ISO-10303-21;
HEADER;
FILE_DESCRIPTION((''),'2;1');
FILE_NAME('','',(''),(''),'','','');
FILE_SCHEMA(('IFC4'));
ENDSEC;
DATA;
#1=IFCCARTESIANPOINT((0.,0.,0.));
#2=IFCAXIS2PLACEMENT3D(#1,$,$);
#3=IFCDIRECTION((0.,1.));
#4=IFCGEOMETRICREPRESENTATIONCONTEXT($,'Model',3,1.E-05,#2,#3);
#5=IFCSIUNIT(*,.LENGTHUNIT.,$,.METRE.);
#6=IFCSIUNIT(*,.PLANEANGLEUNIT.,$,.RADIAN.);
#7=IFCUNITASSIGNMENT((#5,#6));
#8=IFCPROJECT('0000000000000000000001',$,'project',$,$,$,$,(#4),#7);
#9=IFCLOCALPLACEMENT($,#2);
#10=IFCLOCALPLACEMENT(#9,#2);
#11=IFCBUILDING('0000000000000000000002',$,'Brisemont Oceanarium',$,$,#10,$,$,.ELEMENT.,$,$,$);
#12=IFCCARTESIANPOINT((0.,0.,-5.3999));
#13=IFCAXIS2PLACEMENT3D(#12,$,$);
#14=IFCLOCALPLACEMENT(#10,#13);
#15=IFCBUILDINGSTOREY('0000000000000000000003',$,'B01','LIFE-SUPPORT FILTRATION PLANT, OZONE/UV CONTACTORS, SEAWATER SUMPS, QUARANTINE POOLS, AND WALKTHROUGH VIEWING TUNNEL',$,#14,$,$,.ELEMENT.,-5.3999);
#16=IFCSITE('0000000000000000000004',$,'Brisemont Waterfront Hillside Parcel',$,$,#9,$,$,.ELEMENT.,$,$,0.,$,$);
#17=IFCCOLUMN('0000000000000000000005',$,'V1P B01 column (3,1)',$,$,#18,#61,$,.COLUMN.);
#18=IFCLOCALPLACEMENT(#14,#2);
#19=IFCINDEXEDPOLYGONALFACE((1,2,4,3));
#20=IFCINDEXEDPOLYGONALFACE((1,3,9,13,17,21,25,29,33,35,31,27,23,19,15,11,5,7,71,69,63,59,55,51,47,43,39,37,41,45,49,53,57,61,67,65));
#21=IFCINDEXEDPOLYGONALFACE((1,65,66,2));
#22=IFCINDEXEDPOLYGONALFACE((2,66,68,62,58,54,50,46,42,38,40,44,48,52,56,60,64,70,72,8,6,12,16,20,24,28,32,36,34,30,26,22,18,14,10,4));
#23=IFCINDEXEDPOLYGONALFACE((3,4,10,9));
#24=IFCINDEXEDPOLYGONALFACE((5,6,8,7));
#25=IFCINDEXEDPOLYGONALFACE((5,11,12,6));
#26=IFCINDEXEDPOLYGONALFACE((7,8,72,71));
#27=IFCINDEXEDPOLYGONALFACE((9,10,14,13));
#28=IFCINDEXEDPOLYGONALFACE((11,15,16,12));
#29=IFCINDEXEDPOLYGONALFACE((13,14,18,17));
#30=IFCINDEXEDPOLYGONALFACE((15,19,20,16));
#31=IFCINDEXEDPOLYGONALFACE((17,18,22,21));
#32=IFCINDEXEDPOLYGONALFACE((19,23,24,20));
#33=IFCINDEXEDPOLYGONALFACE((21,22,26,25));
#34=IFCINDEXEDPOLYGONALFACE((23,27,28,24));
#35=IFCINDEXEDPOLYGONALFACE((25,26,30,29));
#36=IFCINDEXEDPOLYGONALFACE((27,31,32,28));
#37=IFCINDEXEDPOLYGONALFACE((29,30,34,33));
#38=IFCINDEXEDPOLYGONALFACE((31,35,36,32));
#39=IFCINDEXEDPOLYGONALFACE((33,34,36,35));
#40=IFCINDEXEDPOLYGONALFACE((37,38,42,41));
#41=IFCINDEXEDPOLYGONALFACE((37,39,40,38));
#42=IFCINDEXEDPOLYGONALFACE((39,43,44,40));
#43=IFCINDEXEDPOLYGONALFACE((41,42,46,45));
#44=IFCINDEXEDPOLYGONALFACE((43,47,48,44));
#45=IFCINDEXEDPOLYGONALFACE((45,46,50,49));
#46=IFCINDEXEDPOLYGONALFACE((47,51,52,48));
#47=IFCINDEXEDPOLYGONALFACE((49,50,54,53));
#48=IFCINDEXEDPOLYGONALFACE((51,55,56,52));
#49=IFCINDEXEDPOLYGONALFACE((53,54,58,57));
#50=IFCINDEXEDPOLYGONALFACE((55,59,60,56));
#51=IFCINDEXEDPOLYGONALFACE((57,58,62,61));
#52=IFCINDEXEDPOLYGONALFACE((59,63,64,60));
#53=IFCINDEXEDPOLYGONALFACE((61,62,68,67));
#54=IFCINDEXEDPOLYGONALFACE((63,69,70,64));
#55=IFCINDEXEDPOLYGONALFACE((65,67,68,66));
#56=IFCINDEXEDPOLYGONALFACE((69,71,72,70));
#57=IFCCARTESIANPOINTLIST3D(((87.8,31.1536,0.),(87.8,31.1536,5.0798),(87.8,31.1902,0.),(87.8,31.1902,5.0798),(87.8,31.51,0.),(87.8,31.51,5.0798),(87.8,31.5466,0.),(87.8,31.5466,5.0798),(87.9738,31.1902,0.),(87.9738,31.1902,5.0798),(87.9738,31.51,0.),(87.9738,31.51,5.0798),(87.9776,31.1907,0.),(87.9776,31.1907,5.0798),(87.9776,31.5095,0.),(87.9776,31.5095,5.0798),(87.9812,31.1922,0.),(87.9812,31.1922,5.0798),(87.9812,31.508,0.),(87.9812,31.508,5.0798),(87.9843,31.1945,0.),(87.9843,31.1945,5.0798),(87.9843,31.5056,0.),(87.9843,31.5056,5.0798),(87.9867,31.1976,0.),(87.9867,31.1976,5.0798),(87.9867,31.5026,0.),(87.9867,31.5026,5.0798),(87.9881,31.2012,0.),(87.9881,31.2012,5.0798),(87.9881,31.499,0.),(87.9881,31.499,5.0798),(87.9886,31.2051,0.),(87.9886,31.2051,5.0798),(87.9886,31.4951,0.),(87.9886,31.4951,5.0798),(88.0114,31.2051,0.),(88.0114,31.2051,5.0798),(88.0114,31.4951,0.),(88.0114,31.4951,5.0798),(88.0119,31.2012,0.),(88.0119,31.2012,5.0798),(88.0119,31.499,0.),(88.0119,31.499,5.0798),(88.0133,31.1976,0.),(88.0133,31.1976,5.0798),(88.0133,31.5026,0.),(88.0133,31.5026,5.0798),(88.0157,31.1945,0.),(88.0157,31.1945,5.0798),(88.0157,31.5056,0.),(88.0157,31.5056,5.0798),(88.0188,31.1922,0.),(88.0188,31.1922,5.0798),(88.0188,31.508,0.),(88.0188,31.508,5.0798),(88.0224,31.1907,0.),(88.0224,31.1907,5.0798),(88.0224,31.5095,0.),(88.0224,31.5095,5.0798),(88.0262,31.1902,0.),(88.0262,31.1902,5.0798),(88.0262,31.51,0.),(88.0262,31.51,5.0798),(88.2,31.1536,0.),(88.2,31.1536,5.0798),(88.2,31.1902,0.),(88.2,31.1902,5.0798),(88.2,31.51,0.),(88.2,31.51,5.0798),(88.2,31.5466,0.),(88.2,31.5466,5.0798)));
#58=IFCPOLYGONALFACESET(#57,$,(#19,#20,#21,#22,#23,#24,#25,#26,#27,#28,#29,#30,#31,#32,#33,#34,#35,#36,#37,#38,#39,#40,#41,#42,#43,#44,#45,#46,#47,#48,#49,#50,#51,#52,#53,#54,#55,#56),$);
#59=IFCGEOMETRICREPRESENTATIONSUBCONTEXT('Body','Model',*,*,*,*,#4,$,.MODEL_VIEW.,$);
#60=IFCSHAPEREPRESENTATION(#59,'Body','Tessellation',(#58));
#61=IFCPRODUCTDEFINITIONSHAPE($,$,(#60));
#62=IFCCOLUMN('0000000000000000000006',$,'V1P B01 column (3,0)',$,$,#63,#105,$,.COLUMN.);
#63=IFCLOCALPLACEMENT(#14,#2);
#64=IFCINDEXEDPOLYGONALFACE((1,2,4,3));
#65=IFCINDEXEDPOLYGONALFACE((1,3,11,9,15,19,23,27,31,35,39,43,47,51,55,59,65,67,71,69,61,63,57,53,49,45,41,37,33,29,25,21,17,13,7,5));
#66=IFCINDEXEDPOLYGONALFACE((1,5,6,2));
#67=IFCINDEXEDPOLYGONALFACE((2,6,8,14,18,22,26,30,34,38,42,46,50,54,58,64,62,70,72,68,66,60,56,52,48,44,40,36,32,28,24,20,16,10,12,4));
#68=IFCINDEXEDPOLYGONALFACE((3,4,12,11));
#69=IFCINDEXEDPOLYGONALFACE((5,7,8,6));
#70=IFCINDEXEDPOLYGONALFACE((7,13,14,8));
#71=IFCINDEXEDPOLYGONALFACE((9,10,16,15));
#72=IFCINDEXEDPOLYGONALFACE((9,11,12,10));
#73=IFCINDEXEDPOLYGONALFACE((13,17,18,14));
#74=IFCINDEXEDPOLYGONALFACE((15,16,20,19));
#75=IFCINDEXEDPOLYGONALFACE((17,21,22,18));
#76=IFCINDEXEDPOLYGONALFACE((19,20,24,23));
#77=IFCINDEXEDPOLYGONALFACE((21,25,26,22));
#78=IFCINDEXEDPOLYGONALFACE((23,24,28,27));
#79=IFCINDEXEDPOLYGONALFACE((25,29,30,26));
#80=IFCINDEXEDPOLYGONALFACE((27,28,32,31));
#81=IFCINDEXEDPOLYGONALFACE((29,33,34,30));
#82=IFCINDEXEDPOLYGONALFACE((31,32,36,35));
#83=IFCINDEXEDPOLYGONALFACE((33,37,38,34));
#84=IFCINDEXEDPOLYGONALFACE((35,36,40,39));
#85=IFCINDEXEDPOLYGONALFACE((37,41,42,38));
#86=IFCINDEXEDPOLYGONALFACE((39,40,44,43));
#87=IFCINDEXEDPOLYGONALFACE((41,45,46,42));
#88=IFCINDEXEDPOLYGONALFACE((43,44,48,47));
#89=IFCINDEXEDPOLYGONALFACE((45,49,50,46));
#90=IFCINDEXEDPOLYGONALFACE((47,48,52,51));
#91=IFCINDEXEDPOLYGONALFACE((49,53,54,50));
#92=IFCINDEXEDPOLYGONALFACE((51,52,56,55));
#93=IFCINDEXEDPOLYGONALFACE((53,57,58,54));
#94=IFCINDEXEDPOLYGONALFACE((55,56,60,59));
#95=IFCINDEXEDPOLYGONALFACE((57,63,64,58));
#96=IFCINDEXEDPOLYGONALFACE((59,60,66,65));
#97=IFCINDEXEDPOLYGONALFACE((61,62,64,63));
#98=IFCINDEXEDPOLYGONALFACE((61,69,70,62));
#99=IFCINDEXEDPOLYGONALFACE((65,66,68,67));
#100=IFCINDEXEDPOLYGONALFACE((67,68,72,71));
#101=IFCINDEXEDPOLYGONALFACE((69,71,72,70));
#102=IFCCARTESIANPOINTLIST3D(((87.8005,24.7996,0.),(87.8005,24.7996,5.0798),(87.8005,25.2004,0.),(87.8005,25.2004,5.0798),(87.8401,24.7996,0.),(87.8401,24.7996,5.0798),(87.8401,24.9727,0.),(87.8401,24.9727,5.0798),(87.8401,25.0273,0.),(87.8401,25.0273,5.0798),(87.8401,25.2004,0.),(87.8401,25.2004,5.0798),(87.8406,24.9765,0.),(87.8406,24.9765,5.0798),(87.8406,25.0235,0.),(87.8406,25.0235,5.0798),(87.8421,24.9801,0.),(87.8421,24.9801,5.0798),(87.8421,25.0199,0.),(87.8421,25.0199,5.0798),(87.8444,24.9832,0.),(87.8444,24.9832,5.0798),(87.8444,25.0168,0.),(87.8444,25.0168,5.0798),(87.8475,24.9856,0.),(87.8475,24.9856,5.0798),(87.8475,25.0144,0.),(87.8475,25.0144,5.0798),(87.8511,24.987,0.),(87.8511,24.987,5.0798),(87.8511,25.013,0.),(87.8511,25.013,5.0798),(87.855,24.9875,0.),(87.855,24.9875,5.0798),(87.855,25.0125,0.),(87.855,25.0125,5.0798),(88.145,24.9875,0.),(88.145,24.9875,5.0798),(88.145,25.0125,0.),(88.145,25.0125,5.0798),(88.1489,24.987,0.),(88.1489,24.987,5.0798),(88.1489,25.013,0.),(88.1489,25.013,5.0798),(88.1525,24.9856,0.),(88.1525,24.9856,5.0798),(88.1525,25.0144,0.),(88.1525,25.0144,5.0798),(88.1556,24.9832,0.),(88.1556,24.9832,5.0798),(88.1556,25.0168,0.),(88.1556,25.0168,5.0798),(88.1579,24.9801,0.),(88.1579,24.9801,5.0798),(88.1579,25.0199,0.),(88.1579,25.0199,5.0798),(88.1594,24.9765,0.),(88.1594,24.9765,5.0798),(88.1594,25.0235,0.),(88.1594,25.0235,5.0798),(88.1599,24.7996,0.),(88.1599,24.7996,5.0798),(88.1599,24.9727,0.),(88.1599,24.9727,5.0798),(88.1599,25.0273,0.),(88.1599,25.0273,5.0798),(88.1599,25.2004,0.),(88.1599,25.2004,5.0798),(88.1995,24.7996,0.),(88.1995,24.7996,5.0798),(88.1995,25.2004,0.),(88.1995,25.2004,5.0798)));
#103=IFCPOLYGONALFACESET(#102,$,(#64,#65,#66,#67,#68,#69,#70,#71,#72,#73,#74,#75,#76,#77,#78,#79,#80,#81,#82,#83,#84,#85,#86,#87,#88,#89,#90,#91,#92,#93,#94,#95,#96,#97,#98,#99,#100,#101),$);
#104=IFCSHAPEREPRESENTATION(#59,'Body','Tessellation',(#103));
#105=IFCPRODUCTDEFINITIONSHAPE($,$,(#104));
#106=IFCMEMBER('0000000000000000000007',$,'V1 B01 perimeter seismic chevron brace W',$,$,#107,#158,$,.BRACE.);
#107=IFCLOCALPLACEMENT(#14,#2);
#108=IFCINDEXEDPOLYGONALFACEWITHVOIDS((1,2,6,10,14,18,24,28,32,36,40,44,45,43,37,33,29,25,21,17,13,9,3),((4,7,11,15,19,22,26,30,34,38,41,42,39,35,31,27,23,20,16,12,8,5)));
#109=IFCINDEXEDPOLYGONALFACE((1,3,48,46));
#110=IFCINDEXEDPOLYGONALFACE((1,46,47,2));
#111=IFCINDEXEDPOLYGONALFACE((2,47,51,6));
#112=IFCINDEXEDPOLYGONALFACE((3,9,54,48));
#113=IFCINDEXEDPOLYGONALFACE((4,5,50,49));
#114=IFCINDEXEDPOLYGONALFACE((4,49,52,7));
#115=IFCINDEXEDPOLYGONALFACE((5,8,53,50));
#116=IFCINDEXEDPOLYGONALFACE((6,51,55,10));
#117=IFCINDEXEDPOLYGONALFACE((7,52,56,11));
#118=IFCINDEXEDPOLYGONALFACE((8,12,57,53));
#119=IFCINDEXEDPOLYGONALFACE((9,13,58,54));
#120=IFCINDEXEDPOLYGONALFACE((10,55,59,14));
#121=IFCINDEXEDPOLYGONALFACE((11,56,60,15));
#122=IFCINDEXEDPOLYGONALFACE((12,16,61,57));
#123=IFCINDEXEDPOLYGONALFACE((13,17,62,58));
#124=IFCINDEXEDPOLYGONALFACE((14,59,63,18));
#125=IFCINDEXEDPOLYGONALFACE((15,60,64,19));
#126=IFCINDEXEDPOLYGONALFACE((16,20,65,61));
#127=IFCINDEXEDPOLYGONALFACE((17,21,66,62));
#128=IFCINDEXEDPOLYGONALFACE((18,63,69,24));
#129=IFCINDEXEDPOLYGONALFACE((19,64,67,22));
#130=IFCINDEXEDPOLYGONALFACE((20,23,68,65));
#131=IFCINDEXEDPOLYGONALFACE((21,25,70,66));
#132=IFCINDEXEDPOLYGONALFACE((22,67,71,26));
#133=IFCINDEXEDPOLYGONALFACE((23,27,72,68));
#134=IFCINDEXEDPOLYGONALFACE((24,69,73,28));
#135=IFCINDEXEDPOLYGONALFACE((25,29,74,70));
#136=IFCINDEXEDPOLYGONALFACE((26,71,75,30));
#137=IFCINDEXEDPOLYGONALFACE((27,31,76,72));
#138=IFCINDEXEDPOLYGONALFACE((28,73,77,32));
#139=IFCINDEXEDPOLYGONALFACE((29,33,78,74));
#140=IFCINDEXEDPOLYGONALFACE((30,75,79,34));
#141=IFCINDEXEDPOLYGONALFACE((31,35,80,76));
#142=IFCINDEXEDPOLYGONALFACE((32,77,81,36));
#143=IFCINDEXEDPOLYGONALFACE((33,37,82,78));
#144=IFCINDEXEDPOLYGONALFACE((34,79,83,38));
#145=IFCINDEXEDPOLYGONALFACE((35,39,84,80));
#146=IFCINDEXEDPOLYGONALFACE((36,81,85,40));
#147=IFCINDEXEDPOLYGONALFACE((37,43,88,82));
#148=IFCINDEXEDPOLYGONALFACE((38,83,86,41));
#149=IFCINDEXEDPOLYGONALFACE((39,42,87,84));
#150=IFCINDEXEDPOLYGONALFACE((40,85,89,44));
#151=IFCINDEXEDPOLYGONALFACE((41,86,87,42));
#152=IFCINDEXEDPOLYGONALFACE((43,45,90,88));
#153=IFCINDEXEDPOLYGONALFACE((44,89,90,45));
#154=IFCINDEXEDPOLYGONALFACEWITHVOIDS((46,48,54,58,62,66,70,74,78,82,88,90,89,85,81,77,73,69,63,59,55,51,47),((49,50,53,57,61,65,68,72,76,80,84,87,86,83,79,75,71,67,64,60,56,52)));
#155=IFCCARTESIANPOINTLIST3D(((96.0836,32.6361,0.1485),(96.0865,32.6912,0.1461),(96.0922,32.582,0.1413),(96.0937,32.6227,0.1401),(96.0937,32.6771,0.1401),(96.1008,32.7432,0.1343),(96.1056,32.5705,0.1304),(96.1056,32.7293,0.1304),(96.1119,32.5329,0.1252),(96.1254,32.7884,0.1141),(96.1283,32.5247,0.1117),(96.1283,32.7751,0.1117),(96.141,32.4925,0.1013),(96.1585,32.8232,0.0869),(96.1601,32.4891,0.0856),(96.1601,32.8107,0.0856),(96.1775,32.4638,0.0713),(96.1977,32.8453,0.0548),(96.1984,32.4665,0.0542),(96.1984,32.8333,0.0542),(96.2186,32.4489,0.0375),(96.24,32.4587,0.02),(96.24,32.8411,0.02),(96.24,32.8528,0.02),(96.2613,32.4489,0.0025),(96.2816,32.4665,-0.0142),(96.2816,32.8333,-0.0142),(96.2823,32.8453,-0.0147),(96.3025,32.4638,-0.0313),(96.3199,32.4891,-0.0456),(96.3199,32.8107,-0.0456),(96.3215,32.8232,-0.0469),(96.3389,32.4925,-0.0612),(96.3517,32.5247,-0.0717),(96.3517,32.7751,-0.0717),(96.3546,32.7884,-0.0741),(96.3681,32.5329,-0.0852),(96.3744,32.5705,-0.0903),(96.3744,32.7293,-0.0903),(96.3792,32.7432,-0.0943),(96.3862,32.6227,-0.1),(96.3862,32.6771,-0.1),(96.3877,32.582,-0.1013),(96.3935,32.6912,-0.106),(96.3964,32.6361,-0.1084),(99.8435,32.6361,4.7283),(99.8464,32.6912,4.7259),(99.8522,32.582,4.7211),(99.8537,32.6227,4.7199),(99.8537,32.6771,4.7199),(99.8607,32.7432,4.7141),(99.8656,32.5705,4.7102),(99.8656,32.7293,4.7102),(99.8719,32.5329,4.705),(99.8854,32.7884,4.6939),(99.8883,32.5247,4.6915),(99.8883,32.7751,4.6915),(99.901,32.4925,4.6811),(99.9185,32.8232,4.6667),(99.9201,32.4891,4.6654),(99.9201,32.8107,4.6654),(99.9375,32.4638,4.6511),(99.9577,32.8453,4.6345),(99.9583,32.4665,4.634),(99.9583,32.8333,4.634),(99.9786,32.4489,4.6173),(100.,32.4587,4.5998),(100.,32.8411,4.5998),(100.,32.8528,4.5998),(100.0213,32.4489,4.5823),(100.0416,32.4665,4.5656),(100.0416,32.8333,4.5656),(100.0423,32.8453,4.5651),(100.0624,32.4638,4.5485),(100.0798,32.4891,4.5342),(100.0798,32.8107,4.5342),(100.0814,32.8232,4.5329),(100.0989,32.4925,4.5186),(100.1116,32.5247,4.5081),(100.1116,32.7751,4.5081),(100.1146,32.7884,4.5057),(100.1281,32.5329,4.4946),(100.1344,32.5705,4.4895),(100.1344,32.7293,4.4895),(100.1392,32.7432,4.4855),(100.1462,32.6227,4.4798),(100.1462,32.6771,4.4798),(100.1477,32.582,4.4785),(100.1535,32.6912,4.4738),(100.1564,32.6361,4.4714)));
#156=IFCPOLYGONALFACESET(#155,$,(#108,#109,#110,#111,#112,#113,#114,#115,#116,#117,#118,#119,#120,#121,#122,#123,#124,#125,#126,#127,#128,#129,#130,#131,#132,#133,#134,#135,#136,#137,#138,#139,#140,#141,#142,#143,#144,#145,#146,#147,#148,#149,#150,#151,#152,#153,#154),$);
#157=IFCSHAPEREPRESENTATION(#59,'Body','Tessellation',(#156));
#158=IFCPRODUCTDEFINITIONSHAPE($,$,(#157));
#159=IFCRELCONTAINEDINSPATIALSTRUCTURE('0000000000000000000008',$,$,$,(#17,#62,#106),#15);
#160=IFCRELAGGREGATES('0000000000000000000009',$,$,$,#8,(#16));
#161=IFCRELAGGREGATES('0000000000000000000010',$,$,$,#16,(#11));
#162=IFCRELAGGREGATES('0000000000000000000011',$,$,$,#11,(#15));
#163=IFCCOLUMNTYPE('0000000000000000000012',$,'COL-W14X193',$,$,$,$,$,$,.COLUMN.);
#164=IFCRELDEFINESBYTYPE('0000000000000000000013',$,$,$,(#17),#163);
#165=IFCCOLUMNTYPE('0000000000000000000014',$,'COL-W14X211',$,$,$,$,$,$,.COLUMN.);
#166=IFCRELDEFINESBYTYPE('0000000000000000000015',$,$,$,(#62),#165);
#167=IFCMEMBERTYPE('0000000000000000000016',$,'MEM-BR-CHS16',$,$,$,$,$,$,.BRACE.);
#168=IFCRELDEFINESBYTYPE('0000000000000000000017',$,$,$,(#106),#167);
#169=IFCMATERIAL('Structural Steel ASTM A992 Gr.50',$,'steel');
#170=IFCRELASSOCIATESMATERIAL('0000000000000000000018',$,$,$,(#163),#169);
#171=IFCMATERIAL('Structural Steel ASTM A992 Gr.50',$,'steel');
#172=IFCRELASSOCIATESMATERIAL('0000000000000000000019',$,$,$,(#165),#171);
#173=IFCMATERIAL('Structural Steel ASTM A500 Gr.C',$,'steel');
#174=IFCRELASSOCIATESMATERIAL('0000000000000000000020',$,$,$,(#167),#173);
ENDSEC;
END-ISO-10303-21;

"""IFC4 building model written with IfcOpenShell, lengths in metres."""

from ifc_helpers import new_model, si_unit, direction, frame, origin, origin_2d, place, context, subcontext, project, spatial, hollow_circle, i_section, extrude, material, material_profile, profile_set, type_object, element, save


model = new_model("IFC4")

# Units and contexts
model_context = context("Model", 3, precision=1e-05, world=origin(), true_north=direction((0.0, 1.0)))
body_context = subcontext(model_context, "Body", "Model", "MODEL_VIEW")
ifc_project = project(units=[si_unit("LENGTHUNIT", "METRE"), si_unit("PLANEANGLEUNIT", "RADIAN")], contexts=[model_context])

# Site, building, storey
site_placement = place(None, origin())
site = spatial("IfcSite", under=ifc_project, at=site_placement, Name="Brisemont Waterfront Hillside Parcel", CompositionType="ELEMENT", RefElevation=0.0)
building_placement = place(site_placement, origin())
building = spatial("IfcBuilding", under=site, at=building_placement, Name="Brisemont Oceanarium", CompositionType="ELEMENT")
storey_placement = place(building_placement, frame((0.0, 0.0, -5.3999)))
storey = spatial("IfcBuildingStorey", under=building, at=storey_placement, Name="B01", Description="LIFE-SUPPORT FILTRATION PLANT, OZONE/UV CONTACTORS, SEAWATER SUMPS, QUARANTINE POOLS, AND WALKTHROUGH VIEWING TUNNEL", CompositionType="ELEMENT", Elevation=-5.3999)

# Columns
ifc_material_1 = material(Name="Structural Steel ASTM A992 Gr.50", Category="steel")
ifc_material_profile_1 = material_profile(ifc_material_1, i_section(OverallWidth=0.3999, OverallDepth=0.3931, WebThickness=0.0227, FlangeThickness=0.0366, FilletRadius=0.0149, at=origin_2d()), Name="W14X193")
ifc_profile_set_1 = profile_set([ifc_material_profile_1], Name="Structural Steel ASTM A992 Gr.50")
column_type_1 = type_object("IfcColumnType", Name="COL-W14X193", PredefinedType="COLUMN", material=ifc_profile_set_1)
column_1_placement = place(storey_placement, frame((88.0, 31.3501, 0.0), z_axis=(0.0, 0.0, 1.0), x_axis=(1.0, 0.0, 0.0)))
element("IfcColumn", 1, at=column_1_placement, inside=storey, type_object=column_type_1, Name="V1P B01 column (3,1)", PredefinedType="COLUMN", context=body_context, shape_type="SweptSolid", body=[
    extrude(i_section(OverallWidth=0.3999, OverallDepth=0.3931, WebThickness=0.0227, FlangeThickness=0.0366, FilletRadius=0.0149, at=origin_2d()), origin(), (0.0, 0.0, 1.0), 5.0798),
])
ifc_material_2 = material(Name="Structural Steel ASTM A992 Gr.50", Category="steel")
ifc_material_profile_2 = material_profile(ifc_material_2, i_section(OverallWidth=0.4009, OverallDepth=0.3989, WebThickness=0.0249, FlangeThickness=0.0396, FilletRadius=0.0149, at=origin_2d()), Name="W14X211")
ifc_profile_set_2 = profile_set([ifc_material_profile_2], Name="Structural Steel ASTM A992 Gr.50")
column_type_2 = type_object("IfcColumnType", Name="COL-W14X211", PredefinedType="COLUMN", material=ifc_profile_set_2)
column_2_placement = place(storey_placement, frame((88.0, 25.0, 0.0), z_axis=(0.0, 0.0, 1.0), x_axis=(0.0, 1.0, 0.0)))
element("IfcColumn", 2, at=column_2_placement, inside=storey, type_object=column_type_2, Name="V1P B01 column (3,0)", PredefinedType="COLUMN", context=body_context, shape_type="SweptSolid", body=[
    extrude(i_section(OverallWidth=0.4009, OverallDepth=0.3989, WebThickness=0.0249, FlangeThickness=0.0396, FilletRadius=0.0149, at=origin_2d()), origin(), (0.0, 0.0, 1.0), 5.0798),
])

# Member
ifc_material_3 = material(Name="Structural Steel ASTM A500 Gr.C", Category="steel")
ifc_material_profile_3 = material_profile(ifc_material_3, hollow_circle(Radius=0.2029, WallThickness=0.0117, at=origin_2d()), Name="HSS16.000X0.500")
ifc_profile_set_3 = profile_set([ifc_material_profile_3], Name="Structural Steel ASTM A500 Gr.C")
member_type = type_object("IfcMemberType", Name="MEM-BR-CHS16", PredefinedType="BRACE", material=ifc_profile_set_3)
for number, where, z_axis, x_axis, name in (
    (3, (96.24, 32.6499, 0.02), (0.634538, 0.0, 0.772892), (0.0, 1.0, 0.0), "V1 B01 perimeter seismic chevron brace W"),
):
    element("IfcMember", number, at=place(storey_placement, frame(where, z_axis=z_axis, x_axis=x_axis)), inside=storey, type_object=member_type, Name=name, PredefinedType="BRACE", context=body_context, shape_type="SweptSolid", body=[
        extrude(hollow_circle(Radius=0.2029, WallThickness=0.0117, at=origin_2d()), origin(), (0.0, 0.0, 1.0), 5.9255),
    ])

save(model, "model.ifc")
